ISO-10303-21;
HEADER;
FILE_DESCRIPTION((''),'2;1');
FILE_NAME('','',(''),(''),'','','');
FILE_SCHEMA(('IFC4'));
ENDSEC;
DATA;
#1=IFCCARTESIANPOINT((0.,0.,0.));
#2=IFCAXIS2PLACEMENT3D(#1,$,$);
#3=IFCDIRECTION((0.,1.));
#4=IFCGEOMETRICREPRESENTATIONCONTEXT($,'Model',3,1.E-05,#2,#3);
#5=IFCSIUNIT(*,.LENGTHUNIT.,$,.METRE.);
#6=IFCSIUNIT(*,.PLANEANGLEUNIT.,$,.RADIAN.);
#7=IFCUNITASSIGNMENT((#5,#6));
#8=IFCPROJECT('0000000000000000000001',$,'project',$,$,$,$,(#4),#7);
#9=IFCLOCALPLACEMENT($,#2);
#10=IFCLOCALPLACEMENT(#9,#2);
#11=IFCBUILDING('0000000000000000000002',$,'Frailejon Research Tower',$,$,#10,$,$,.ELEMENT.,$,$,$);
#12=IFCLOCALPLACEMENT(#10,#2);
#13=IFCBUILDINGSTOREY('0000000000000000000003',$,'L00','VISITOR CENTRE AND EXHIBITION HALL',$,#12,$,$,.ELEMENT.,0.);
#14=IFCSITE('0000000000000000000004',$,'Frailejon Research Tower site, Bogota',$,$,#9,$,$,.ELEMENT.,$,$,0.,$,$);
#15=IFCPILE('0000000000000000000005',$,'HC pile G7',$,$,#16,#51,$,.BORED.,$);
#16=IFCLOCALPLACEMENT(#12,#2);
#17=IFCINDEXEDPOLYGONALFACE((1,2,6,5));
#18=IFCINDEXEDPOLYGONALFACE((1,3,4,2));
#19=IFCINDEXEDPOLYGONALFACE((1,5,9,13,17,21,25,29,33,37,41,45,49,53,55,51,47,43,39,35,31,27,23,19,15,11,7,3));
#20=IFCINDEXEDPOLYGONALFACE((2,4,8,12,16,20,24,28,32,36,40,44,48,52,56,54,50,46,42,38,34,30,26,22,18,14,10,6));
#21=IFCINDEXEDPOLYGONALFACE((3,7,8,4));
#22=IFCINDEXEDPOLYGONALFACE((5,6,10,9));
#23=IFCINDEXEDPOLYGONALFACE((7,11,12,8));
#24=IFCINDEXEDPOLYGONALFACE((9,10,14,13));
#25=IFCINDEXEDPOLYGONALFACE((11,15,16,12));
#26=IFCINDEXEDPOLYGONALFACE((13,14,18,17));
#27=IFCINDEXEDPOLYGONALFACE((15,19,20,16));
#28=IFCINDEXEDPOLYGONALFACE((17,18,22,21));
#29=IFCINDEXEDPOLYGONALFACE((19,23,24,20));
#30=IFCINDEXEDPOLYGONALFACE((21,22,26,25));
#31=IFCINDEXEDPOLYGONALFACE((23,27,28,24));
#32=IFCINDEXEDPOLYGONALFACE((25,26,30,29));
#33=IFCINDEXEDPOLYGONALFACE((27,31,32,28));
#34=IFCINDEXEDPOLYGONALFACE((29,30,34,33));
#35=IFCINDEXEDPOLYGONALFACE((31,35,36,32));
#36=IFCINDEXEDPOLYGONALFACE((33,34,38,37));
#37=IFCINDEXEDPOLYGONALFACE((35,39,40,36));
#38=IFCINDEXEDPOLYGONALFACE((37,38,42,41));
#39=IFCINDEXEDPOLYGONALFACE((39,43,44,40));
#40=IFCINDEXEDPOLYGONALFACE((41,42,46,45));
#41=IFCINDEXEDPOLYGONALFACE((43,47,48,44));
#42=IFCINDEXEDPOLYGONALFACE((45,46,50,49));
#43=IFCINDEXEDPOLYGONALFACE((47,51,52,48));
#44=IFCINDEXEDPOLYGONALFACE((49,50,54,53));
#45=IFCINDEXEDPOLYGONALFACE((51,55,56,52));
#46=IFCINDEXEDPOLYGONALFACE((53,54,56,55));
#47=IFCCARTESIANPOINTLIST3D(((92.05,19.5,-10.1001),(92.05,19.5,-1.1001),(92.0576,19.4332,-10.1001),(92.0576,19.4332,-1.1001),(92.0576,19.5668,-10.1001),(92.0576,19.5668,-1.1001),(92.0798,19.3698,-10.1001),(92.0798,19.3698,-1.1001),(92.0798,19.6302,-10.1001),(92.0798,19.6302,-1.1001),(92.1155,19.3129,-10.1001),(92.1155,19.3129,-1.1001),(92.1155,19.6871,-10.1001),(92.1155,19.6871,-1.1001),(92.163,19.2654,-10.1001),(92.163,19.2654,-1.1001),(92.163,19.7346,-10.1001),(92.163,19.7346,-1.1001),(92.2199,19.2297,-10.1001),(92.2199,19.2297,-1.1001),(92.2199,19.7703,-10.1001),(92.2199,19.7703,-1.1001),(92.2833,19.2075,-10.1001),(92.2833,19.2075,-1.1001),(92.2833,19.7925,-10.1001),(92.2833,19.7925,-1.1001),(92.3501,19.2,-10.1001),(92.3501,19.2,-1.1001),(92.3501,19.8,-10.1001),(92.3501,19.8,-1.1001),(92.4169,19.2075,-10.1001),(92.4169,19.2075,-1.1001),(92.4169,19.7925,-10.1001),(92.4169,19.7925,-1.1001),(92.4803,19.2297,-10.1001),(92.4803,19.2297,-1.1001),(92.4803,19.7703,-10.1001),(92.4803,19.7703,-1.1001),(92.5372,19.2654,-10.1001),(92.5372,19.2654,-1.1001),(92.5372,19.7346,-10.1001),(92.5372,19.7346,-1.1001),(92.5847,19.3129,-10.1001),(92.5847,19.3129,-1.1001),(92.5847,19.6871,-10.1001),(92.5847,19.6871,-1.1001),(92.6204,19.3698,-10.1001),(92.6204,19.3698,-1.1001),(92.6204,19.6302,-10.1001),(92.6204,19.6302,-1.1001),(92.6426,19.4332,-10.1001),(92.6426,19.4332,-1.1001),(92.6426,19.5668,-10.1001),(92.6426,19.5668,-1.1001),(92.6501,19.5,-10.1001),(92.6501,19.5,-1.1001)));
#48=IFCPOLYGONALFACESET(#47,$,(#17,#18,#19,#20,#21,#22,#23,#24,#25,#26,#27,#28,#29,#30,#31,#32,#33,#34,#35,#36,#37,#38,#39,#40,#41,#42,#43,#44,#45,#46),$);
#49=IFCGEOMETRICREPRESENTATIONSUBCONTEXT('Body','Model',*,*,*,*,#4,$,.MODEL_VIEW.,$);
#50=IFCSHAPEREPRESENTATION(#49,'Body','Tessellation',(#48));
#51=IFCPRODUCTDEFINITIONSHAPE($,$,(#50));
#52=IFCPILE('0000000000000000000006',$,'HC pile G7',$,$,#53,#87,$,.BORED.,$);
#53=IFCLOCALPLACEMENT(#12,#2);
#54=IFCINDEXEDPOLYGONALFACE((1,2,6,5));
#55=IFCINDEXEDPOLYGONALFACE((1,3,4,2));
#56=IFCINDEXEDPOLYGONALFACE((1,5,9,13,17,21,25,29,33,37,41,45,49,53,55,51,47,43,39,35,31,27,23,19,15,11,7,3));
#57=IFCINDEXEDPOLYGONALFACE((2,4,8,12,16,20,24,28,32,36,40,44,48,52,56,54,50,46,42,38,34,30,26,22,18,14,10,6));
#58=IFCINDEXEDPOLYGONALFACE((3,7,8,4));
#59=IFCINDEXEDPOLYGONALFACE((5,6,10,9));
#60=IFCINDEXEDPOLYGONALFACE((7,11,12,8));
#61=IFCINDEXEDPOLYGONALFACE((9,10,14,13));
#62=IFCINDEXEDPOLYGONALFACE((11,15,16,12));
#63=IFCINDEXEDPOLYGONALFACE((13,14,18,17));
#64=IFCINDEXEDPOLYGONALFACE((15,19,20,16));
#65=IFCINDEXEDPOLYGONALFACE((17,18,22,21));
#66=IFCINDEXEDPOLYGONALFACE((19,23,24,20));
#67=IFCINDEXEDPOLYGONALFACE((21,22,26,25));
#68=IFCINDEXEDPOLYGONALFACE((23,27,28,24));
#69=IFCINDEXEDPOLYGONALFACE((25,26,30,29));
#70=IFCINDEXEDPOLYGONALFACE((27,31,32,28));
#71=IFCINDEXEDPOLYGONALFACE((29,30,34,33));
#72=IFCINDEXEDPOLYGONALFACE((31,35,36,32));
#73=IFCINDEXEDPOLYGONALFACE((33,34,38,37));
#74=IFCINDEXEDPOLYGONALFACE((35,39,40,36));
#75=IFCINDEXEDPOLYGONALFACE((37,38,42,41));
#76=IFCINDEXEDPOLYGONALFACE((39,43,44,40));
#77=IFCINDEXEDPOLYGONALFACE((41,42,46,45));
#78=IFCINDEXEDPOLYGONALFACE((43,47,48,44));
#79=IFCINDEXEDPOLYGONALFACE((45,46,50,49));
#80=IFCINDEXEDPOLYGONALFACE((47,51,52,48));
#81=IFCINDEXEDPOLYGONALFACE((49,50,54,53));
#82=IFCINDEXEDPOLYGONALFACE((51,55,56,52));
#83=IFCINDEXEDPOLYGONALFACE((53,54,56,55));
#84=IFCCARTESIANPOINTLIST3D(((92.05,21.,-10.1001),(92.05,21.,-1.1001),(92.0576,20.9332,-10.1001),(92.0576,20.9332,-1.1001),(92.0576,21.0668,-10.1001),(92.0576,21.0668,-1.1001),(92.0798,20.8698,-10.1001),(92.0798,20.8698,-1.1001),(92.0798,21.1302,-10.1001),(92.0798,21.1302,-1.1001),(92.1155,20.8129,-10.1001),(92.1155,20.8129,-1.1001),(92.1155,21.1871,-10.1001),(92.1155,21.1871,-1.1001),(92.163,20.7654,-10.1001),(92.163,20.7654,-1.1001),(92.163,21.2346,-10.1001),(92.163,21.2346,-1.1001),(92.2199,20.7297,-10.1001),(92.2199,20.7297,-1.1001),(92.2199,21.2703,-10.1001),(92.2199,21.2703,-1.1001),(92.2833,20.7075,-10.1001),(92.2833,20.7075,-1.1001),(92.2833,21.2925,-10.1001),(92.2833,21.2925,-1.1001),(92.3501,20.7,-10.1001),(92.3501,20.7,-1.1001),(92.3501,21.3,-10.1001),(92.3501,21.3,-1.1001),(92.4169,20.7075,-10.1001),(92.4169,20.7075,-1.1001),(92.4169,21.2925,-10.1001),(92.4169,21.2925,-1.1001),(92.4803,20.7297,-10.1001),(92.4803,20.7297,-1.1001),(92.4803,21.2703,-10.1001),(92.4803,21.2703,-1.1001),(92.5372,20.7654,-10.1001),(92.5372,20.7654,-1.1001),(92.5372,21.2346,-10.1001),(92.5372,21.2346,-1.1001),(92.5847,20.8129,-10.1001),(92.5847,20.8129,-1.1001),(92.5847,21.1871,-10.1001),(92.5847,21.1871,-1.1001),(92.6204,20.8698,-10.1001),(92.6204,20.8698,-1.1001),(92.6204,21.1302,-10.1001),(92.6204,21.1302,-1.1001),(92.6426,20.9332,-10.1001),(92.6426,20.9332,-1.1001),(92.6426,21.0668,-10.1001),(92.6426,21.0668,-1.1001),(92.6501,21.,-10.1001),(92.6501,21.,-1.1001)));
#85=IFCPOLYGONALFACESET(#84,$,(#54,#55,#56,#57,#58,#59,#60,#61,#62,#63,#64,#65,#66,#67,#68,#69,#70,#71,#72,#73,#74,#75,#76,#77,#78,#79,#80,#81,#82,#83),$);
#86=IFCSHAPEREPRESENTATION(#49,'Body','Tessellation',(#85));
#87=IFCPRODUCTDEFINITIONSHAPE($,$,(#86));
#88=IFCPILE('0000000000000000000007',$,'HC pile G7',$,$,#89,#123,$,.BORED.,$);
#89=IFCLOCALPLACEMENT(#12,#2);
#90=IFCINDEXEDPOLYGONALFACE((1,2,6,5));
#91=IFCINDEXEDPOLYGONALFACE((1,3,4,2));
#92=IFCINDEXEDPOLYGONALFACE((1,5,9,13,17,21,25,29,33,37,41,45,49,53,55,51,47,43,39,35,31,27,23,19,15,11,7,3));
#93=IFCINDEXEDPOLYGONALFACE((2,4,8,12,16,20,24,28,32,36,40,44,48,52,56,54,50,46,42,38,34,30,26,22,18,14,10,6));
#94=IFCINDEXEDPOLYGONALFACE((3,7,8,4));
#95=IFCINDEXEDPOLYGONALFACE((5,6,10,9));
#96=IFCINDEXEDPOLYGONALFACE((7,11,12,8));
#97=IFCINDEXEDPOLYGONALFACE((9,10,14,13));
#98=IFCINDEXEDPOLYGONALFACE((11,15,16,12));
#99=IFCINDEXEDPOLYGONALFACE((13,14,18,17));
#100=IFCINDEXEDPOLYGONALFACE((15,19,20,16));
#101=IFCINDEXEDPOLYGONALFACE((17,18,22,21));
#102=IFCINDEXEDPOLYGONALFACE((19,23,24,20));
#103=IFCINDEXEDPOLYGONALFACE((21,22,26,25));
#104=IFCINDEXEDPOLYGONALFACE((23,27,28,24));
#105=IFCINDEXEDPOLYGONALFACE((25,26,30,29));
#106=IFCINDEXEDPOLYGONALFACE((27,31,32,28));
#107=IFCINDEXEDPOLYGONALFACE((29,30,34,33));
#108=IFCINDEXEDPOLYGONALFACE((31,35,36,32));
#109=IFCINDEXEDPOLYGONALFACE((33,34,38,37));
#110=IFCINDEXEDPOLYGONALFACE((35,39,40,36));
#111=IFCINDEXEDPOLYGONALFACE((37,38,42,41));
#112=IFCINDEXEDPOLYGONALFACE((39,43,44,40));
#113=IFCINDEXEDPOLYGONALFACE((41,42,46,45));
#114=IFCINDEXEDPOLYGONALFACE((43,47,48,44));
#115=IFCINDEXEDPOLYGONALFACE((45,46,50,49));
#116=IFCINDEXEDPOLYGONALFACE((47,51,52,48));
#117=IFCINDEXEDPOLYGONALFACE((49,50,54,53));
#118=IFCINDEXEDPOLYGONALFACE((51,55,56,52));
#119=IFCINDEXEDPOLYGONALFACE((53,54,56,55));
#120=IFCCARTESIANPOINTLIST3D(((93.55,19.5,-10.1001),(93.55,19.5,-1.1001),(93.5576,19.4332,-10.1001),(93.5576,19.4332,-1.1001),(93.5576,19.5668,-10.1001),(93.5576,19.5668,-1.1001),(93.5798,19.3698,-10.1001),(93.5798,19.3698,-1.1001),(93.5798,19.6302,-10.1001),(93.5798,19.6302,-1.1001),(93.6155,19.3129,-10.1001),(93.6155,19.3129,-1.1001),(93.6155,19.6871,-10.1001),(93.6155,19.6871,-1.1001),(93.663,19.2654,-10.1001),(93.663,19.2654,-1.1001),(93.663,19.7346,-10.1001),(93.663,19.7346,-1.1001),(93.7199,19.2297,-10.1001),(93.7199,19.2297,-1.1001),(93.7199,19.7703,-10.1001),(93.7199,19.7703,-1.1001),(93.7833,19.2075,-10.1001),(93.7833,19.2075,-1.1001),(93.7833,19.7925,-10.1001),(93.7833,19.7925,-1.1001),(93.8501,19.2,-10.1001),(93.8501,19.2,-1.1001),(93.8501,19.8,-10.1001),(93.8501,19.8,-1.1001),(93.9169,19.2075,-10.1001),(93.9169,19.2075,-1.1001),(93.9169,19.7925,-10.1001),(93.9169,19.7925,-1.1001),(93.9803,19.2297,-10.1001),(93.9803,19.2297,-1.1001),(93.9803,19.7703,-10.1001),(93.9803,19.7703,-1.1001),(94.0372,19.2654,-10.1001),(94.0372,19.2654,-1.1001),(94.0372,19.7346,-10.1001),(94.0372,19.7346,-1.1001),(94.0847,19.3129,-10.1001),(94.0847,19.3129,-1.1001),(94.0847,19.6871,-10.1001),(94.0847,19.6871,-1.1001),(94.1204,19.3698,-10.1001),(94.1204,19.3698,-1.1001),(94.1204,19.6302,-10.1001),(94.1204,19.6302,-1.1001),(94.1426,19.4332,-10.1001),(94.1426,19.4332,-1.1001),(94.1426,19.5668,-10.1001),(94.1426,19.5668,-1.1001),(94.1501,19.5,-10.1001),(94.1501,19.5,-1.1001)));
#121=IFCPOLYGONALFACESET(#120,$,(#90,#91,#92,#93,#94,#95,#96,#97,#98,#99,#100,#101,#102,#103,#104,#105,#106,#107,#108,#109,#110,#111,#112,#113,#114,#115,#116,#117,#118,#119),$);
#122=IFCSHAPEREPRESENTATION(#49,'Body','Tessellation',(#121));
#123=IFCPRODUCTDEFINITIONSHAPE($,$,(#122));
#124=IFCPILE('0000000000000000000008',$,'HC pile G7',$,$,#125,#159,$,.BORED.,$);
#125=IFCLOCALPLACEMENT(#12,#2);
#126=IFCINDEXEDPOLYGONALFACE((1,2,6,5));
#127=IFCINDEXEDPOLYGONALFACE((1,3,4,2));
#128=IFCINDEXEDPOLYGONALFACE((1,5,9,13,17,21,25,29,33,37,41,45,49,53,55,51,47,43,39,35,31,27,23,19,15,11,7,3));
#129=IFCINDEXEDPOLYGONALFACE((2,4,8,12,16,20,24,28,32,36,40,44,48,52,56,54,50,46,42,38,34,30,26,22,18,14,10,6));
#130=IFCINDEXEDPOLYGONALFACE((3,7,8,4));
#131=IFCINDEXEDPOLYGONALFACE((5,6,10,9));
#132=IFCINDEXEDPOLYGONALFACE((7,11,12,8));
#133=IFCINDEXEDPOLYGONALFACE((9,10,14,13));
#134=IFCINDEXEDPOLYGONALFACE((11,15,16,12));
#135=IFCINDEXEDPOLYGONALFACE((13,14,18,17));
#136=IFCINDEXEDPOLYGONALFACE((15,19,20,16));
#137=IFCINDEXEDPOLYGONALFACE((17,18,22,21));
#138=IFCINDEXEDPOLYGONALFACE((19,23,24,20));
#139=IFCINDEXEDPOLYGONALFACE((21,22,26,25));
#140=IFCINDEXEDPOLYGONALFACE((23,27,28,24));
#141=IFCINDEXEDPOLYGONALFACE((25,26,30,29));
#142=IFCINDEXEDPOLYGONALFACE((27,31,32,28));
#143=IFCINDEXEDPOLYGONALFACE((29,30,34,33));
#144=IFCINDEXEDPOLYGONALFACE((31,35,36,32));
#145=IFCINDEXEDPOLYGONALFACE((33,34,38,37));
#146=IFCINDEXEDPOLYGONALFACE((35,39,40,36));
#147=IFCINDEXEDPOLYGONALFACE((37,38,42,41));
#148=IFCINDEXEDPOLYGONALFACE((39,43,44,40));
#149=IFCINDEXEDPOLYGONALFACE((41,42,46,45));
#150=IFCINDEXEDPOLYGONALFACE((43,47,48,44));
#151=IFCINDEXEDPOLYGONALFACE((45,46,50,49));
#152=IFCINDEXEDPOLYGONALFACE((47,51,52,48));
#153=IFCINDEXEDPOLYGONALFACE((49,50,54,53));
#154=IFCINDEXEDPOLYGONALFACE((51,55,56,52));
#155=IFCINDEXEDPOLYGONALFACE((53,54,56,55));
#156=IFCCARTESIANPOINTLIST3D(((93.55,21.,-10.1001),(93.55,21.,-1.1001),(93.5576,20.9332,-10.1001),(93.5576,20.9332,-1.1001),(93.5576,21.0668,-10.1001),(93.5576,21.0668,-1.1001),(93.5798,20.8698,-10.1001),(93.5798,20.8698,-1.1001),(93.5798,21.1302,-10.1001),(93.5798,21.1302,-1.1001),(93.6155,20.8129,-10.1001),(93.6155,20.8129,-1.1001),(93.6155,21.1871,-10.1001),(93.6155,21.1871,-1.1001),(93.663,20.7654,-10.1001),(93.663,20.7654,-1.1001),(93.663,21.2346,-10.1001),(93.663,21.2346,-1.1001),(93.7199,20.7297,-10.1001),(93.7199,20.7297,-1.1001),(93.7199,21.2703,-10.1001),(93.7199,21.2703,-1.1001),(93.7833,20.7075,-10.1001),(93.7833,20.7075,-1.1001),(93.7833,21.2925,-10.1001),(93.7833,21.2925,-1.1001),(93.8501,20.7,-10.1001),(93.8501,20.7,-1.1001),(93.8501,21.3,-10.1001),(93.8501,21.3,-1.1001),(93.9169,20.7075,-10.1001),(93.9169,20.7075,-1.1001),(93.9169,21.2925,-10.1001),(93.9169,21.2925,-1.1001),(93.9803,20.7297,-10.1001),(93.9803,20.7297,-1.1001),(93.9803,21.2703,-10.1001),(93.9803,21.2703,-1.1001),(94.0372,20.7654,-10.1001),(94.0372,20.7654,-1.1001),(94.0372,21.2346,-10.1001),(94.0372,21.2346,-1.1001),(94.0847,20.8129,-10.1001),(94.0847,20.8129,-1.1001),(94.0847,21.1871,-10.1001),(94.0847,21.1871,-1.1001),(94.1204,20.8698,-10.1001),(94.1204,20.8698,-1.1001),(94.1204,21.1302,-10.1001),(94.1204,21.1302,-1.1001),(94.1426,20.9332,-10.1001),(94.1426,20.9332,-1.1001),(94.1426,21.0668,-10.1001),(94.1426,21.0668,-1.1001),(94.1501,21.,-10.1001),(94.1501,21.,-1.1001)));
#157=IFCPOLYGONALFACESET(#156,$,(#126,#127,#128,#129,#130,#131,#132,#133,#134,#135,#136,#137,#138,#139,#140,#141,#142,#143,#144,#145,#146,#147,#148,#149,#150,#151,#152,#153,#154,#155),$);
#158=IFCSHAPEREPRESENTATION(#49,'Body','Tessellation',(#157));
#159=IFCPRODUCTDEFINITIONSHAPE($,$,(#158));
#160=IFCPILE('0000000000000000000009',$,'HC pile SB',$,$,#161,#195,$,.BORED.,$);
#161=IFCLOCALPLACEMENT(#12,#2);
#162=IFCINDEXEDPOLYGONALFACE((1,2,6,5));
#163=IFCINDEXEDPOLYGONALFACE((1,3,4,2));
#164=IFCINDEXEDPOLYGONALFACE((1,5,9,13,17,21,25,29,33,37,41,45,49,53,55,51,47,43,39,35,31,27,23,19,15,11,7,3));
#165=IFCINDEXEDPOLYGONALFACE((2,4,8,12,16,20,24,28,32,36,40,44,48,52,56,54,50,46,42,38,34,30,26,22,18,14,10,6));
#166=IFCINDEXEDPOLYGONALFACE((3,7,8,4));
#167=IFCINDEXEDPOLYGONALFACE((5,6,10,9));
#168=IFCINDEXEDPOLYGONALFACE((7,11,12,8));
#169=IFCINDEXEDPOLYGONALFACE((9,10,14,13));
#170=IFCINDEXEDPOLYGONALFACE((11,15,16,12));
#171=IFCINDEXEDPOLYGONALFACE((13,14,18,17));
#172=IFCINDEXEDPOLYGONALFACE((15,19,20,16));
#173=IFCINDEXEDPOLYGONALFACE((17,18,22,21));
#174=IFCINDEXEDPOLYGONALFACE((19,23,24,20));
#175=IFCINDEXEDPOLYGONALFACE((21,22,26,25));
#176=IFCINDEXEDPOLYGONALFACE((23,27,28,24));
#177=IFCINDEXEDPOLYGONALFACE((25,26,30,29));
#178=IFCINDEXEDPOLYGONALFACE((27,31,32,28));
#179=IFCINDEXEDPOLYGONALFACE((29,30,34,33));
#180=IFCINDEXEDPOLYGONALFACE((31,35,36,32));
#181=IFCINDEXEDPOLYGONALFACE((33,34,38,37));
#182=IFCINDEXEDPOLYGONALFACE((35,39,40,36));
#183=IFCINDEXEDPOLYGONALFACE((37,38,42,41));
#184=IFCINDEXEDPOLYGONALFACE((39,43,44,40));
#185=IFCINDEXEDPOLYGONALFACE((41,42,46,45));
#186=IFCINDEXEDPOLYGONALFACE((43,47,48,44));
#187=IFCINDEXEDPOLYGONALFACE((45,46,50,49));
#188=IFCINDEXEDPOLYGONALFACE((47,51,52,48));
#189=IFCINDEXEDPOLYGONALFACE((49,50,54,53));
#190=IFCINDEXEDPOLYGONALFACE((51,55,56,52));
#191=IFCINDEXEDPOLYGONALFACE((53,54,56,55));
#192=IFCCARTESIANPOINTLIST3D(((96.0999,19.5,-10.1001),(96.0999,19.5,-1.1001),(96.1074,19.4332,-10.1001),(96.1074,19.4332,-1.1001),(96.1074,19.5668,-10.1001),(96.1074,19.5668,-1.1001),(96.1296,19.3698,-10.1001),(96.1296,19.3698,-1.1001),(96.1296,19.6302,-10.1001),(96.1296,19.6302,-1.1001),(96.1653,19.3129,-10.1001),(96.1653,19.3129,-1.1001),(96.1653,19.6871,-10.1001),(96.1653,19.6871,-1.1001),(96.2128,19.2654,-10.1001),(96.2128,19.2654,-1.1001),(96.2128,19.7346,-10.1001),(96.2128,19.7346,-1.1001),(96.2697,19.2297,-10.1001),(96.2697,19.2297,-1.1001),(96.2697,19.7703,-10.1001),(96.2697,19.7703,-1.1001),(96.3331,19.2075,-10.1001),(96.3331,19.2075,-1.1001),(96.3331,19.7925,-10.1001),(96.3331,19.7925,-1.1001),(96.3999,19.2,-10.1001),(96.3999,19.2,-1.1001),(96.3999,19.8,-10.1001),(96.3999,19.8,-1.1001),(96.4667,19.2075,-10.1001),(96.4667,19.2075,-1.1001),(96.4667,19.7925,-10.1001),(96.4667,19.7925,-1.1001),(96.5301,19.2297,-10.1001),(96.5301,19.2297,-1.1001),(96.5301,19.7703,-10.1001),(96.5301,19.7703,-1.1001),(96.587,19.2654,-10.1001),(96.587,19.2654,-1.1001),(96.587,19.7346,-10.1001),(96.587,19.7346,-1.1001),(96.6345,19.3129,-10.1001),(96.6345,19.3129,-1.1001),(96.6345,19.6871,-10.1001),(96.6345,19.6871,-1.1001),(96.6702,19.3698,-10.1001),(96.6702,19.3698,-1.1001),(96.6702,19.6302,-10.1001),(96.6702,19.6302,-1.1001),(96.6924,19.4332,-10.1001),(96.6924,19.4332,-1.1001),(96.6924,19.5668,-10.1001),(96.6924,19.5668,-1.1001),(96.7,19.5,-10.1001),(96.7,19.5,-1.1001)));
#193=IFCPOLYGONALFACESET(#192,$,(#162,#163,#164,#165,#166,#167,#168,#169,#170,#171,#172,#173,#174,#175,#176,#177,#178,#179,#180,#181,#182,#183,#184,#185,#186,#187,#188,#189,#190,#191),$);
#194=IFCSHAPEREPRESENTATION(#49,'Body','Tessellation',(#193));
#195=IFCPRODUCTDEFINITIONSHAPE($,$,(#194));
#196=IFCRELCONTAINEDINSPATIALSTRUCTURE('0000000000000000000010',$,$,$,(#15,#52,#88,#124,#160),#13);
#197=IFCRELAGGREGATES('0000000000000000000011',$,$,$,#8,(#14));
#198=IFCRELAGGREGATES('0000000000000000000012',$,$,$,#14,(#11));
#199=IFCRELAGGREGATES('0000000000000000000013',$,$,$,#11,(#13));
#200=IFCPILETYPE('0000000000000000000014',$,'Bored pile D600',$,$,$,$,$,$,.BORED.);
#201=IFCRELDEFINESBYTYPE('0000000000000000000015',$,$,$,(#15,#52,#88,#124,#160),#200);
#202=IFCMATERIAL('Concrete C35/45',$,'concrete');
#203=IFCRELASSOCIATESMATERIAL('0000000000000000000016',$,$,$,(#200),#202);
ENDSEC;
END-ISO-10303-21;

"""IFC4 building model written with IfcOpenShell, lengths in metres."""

from ifc_helpers import new_model, si_unit, direction, frame, origin, origin_2d, place, context, subcontext, project, spatial, circle, extrude, material, material_profile, profile_set, type_object, element, save


model = new_model("IFC4")

# Units and contexts
model_context = context("Model", 3, precision=1e-05, world=origin(), true_north=direction((0.0, 1.0)))
body_context = subcontext(model_context, "Body", "Model", "MODEL_VIEW")
ifc_project = project(units=[si_unit("LENGTHUNIT", "METRE"), si_unit("PLANEANGLEUNIT", "RADIAN")], contexts=[model_context])

# Site, building, storey
site_placement = place(None, origin())
site = spatial("IfcSite", under=ifc_project, at=site_placement, Name="Frailejon Research Tower site, Bogota", CompositionType="ELEMENT", RefElevation=0.0)
building_placement = place(site_placement, origin())
building = spatial("IfcBuilding", under=site, at=building_placement, Name="Frailejon Research Tower", CompositionType="ELEMENT")
storey_placement = place(building_placement, origin())
storey = spatial("IfcBuildingStorey", under=building, at=storey_placement, Name="L00", Description="VISITOR CENTRE AND EXHIBITION HALL", CompositionType="ELEMENT", Elevation=0.0)

# Piles
ifc_material_1 = material(Name="Concrete C35/45", Category="concrete")
ifc_material_profile_1 = material_profile(ifc_material_1, circle(Radius=0.3, at=origin_2d()), Name="Bored pile D600")
ifc_profile_set_1 = profile_set([ifc_material_profile_1], Name="Concrete C35/45")
pile_type = type_object("IfcPileType", Name="Bored pile D600", PredefinedType="BORED", material=ifc_profile_set_1)
for number, where, z_axis, x_axis, name in (
    (1, (92.3501, 19.5, -1.1001), (0.0, 0.0, -1.0), (1.0, 0.0, 0.0), "HC pile G7"),
    (2, (92.3501, 21.0, -1.1001), (0.0, 0.0, -1.0), (1.0, 0.0, 0.0), "HC pile G7"),
    (3, (93.8501, 19.5, -1.1001), (0.0, 0.0, -1.0), (1.0, 0.0, 0.0), "HC pile G7"),
    (4, (93.8501, 21.0, -1.1001), (0.0, 0.0, -1.0), (1.0, 0.0, 0.0), "HC pile G7"),
    (5, (96.3999, 19.5, -1.1001), (0.0, 0.0, -1.0), (1.0, 0.0, 0.0), "HC pile SB"),
):
    element("IfcPile", number, at=place(storey_placement, frame(where, z_axis=z_axis, x_axis=x_axis)), inside=storey, type_object=pile_type, Name=name, PredefinedType="BORED", context=body_context, shape_type="SweptSolid", body=[
        extrude(circle(Radius=0.3, at=origin_2d()), origin(), (0.0, 0.0, 1.0), 9.0),
    ])

save(model, "model.ifc")
